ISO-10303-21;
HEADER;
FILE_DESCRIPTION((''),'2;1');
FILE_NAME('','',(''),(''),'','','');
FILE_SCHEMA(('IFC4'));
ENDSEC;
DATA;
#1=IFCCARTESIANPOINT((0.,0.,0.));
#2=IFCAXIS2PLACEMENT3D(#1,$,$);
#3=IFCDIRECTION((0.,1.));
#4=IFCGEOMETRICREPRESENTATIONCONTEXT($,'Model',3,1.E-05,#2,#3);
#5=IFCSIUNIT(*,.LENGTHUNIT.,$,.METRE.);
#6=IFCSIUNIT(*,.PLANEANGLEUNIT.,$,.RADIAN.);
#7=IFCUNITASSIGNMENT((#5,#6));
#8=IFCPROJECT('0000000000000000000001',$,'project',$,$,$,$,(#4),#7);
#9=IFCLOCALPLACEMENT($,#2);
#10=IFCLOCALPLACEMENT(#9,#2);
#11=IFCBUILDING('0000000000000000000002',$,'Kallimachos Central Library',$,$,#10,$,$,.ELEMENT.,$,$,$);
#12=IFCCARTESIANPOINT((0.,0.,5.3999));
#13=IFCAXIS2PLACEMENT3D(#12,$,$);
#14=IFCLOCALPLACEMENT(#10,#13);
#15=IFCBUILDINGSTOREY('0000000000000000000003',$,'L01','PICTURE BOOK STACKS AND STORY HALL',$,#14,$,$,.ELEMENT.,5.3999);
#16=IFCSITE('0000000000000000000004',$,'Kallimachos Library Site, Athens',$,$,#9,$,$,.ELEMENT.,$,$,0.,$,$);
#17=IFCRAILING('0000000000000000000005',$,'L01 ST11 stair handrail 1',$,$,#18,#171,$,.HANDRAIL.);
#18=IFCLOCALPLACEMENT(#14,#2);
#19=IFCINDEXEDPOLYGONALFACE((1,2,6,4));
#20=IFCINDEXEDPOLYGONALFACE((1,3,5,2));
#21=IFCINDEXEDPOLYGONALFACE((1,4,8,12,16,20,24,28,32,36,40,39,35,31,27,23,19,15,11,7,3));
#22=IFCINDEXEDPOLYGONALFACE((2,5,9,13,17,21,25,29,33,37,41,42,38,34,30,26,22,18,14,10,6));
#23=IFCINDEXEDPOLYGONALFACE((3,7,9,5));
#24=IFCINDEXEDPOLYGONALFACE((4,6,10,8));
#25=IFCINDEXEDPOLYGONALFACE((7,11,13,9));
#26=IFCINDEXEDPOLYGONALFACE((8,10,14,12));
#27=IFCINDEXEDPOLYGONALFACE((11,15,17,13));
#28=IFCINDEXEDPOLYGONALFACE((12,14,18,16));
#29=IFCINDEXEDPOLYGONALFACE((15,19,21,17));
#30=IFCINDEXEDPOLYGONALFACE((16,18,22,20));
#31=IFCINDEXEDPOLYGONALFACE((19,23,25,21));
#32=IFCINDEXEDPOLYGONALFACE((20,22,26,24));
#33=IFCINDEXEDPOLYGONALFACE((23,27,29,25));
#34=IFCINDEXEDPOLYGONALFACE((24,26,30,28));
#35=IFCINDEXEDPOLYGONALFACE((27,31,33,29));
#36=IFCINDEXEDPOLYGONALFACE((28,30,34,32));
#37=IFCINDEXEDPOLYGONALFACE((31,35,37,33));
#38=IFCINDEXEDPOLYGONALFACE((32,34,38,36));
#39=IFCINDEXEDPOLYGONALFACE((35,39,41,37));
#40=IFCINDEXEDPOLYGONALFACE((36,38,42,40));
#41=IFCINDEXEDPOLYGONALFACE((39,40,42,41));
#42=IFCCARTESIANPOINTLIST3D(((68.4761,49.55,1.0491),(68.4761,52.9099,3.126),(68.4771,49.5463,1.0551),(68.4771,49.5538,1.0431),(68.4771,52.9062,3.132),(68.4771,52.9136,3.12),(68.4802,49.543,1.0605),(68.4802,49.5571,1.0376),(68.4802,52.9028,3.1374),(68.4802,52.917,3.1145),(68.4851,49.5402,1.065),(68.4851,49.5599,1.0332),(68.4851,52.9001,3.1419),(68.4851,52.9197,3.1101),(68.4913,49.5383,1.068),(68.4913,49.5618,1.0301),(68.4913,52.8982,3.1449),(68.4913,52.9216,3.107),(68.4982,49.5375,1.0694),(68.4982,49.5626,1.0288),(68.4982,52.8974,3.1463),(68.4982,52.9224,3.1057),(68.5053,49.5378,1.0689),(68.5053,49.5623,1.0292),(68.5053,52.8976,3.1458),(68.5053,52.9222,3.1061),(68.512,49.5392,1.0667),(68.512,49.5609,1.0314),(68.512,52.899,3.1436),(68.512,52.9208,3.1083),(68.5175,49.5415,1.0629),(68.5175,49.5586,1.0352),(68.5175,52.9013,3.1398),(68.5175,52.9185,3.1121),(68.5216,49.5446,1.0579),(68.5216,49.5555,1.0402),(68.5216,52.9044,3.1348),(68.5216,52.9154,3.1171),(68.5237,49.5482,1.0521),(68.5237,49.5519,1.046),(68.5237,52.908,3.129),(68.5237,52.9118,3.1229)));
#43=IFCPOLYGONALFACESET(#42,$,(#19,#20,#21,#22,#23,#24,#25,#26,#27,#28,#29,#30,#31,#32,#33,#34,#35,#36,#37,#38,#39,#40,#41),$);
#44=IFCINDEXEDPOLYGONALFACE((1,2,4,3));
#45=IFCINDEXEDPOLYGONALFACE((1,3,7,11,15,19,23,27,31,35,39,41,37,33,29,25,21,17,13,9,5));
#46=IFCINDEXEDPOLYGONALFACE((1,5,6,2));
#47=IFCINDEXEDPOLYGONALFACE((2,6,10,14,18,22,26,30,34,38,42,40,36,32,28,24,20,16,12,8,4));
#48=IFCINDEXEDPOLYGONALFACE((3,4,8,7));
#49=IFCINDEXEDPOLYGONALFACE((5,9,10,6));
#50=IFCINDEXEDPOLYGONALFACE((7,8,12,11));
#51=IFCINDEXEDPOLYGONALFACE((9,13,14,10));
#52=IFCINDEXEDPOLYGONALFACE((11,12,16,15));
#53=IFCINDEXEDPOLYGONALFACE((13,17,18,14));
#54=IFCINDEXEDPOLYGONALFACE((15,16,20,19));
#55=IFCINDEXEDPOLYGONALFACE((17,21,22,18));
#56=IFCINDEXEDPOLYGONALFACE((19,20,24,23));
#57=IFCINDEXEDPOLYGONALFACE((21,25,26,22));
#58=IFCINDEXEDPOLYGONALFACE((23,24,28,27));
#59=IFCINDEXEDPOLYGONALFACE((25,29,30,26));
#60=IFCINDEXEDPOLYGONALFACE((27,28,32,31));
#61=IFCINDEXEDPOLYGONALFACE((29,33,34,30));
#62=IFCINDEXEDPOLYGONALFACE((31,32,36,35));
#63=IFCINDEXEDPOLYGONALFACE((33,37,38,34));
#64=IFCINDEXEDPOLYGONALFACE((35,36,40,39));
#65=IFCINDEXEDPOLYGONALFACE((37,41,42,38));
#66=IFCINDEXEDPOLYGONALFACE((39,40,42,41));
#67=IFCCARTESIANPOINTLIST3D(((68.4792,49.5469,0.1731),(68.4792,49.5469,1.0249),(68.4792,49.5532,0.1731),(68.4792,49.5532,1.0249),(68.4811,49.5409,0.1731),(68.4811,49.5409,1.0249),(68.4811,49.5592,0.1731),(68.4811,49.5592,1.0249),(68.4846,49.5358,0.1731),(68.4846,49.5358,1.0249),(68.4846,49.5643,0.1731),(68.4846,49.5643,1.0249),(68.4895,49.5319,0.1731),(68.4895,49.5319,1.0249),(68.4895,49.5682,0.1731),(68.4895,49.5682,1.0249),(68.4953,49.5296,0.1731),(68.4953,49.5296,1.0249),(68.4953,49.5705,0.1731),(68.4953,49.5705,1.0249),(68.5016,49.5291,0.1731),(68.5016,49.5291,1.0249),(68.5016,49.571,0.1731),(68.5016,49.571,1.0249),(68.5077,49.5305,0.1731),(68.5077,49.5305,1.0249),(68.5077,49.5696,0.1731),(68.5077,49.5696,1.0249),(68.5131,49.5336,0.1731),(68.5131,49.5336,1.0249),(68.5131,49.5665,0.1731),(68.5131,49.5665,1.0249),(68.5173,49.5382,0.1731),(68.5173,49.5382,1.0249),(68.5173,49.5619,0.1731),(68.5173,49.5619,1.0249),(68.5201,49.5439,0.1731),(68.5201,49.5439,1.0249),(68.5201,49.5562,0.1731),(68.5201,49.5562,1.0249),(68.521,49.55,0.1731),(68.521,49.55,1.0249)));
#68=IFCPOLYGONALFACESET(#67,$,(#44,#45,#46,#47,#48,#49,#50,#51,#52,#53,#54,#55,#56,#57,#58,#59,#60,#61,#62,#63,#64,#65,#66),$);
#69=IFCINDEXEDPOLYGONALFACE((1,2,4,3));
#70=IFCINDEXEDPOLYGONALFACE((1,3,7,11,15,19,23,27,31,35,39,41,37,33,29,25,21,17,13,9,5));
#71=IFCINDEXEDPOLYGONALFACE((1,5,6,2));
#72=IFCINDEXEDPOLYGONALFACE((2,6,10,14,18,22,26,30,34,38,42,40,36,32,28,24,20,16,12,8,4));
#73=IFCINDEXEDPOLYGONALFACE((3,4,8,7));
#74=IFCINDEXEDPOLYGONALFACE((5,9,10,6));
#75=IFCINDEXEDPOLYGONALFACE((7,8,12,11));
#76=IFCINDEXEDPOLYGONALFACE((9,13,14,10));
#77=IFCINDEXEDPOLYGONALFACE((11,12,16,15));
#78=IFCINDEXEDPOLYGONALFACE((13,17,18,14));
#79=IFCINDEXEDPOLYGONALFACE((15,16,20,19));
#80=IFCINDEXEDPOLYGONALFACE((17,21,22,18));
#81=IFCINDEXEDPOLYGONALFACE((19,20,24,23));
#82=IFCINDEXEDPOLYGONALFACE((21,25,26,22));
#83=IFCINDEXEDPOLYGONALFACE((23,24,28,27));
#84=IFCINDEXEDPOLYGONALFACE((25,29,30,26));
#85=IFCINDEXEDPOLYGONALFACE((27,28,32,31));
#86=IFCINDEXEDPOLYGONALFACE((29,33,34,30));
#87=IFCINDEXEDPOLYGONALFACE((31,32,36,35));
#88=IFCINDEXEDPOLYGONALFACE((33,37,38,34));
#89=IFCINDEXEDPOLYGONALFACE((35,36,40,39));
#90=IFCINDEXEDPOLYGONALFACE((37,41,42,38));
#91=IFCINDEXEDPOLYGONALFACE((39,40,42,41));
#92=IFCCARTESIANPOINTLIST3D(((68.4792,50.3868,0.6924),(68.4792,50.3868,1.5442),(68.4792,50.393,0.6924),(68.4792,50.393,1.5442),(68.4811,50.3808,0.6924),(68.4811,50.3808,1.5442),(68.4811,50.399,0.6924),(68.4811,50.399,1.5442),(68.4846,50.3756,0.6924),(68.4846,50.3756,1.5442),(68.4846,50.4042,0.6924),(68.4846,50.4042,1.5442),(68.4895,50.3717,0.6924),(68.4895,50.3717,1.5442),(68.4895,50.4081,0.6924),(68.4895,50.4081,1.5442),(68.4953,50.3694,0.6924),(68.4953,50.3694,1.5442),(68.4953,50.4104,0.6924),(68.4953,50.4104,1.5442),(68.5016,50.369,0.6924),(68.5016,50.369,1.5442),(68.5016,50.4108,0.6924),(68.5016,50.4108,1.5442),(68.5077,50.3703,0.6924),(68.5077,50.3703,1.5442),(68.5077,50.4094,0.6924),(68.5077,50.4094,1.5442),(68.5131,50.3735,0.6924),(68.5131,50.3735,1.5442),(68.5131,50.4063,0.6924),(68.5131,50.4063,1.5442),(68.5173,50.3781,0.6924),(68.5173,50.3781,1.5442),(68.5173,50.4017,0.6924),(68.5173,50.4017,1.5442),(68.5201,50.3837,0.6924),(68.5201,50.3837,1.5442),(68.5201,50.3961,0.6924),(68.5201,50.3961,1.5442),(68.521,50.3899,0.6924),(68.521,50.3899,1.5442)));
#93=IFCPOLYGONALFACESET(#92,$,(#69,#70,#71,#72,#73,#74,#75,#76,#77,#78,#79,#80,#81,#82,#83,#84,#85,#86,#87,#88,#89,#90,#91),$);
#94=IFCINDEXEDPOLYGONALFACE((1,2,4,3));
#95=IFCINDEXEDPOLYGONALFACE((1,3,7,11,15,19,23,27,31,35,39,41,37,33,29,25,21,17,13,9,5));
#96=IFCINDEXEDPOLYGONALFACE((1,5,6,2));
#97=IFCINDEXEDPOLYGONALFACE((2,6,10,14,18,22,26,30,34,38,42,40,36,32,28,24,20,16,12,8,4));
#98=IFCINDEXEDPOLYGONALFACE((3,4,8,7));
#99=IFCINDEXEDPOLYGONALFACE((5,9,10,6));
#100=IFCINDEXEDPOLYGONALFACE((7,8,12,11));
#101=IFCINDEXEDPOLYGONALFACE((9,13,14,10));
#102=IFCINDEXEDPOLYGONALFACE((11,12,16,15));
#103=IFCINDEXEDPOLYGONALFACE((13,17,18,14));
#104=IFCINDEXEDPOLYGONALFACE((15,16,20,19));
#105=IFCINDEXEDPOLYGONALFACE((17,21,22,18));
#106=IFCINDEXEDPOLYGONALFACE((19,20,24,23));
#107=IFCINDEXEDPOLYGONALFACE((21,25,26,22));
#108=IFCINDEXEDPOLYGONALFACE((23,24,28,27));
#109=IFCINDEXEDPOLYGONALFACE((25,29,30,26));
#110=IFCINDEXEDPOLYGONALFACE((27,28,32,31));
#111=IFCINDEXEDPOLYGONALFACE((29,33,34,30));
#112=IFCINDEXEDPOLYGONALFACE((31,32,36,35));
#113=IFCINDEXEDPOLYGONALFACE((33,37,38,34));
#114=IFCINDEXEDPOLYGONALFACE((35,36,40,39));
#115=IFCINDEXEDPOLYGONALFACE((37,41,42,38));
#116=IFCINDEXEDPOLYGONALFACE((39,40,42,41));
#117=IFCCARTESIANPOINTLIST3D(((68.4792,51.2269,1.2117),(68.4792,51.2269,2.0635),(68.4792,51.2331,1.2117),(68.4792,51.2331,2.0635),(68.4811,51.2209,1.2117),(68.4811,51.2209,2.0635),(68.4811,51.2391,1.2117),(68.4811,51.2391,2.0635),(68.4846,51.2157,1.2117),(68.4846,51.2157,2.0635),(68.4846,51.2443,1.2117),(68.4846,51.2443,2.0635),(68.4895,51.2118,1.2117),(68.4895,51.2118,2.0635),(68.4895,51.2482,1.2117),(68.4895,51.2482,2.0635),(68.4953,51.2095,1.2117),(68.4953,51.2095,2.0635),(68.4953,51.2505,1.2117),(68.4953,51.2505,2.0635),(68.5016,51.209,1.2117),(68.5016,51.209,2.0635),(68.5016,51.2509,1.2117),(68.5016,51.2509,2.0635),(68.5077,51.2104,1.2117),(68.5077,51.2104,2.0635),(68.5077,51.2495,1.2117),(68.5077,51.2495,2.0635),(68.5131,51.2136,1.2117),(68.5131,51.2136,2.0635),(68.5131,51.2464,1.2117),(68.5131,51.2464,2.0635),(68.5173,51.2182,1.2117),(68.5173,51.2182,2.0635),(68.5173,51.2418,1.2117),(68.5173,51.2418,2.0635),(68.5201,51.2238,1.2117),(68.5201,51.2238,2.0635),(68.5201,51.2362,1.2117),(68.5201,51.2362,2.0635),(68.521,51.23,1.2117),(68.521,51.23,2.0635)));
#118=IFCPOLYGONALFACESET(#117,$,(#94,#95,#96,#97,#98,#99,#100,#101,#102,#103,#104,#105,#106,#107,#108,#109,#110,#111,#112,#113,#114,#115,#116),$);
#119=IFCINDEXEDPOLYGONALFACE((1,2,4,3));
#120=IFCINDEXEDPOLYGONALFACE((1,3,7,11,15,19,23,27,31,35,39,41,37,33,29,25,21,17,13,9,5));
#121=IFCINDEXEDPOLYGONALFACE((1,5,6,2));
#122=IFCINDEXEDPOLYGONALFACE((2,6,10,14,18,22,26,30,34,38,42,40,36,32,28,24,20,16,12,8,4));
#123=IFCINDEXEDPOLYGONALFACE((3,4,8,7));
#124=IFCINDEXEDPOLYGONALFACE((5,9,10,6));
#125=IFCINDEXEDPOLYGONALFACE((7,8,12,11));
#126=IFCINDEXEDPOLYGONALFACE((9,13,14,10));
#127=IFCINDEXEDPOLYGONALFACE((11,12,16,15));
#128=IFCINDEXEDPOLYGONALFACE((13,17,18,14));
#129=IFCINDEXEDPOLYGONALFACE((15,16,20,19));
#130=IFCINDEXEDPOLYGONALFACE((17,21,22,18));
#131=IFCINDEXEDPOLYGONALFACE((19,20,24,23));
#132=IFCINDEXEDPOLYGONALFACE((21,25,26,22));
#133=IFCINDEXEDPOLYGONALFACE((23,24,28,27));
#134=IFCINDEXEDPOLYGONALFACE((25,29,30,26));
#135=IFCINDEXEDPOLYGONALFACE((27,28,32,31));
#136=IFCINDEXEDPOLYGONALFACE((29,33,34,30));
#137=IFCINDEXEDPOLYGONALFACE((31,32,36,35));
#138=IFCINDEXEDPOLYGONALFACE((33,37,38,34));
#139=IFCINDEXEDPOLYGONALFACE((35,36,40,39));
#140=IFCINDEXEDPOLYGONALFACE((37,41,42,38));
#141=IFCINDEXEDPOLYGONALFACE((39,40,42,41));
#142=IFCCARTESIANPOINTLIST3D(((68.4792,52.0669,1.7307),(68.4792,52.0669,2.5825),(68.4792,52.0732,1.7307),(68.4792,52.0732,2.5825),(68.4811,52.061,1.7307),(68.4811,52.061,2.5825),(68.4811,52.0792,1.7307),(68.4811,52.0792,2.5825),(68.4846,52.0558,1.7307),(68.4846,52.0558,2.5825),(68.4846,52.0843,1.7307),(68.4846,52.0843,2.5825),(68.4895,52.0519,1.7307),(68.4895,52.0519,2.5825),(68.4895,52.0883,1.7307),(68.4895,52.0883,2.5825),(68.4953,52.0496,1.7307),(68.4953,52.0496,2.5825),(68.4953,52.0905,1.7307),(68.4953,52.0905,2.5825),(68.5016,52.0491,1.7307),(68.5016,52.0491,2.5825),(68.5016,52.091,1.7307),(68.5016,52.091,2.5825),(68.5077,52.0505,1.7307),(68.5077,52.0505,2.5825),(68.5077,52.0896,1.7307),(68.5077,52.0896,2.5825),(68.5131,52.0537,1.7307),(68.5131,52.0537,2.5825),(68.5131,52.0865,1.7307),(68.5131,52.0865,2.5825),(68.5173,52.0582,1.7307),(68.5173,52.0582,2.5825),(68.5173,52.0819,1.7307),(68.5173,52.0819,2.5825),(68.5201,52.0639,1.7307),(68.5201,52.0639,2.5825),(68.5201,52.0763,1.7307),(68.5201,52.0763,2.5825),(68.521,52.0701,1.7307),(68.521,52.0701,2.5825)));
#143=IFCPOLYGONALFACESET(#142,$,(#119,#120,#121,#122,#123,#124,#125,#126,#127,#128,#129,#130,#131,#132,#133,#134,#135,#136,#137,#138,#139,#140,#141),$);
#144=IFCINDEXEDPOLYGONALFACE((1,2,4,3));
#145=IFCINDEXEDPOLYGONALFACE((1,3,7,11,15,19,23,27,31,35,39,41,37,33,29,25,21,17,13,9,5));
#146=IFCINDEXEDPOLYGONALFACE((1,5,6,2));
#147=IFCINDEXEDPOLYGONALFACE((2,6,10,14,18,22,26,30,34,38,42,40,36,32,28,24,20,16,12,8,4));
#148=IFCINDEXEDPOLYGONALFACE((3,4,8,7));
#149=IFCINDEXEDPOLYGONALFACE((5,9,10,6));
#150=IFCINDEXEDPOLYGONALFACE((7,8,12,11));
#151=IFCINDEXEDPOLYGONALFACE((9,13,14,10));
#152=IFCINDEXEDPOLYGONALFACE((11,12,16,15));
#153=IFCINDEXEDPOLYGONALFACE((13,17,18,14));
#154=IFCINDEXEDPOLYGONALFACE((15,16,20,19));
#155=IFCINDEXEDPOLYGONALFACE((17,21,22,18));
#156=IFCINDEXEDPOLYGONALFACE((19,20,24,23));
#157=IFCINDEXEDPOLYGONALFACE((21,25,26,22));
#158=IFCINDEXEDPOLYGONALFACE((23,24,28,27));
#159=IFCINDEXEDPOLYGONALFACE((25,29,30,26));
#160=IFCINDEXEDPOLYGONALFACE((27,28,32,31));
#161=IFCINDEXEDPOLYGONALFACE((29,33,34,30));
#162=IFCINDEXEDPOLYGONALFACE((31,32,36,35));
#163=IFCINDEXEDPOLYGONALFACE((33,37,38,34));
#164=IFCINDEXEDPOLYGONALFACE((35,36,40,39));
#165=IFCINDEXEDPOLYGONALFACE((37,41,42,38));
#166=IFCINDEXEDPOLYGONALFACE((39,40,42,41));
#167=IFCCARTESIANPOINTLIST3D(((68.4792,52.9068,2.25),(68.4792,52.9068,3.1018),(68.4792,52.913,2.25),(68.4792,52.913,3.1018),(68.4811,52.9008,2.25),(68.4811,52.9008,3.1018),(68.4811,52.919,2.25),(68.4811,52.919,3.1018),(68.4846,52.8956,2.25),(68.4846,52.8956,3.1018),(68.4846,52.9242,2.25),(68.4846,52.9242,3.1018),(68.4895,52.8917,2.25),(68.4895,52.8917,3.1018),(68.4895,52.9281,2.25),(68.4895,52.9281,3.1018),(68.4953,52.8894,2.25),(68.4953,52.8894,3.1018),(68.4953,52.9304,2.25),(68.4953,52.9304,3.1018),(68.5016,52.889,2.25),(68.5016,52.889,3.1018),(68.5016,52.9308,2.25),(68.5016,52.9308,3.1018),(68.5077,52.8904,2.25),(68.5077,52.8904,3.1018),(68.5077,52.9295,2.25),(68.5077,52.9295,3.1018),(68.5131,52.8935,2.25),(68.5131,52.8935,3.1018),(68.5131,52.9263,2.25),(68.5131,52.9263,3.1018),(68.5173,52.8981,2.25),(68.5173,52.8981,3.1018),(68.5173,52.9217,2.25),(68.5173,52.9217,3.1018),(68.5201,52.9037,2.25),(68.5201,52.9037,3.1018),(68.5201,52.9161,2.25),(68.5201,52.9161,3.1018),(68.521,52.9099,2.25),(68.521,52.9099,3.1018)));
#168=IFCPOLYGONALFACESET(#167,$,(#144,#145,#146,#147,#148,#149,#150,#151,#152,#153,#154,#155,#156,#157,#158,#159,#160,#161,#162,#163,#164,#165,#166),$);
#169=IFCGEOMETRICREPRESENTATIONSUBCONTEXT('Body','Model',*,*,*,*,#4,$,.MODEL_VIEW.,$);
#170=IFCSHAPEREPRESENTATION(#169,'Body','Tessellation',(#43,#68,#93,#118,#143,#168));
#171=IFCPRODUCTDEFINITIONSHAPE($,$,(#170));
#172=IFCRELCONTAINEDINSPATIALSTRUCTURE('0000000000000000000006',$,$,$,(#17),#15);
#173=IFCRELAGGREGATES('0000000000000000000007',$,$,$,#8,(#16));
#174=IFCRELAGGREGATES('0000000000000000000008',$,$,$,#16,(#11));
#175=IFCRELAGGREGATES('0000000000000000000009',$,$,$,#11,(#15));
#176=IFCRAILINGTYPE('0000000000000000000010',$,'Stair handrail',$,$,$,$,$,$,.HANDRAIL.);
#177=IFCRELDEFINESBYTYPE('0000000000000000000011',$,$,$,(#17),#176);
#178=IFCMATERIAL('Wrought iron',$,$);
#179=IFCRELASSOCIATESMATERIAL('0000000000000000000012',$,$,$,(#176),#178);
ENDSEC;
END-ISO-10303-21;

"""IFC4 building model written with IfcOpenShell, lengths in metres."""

from ifc_helpers import new_model, si_unit, direction, frame, origin, origin_2d, place, context, subcontext, project, spatial, circle, extrude, material, type_object, element, save


model = new_model("IFC4")

# Units and contexts
model_context = context("Model", 3, precision=1e-05, world=origin(), true_north=direction((0.0, 1.0)))
body_context = subcontext(model_context, "Body", "Model", "MODEL_VIEW")
ifc_project = project(units=[si_unit("LENGTHUNIT", "METRE"), si_unit("PLANEANGLEUNIT", "RADIAN")], contexts=[model_context])

# Site, building, storey
site_placement = place(None, origin())
site = spatial("IfcSite", under=ifc_project, at=site_placement, Name="Kallimachos Library Site, Athens", CompositionType="ELEMENT", RefElevation=0.0)
building_placement = place(site_placement, origin())
building = spatial("IfcBuilding", under=site, at=building_placement, Name="Kallimachos Central Library", CompositionType="ELEMENT")
storey_placement = place(building_placement, frame((0.0, 0.0, 5.3999)))
storey = spatial("IfcBuildingStorey", under=building, at=storey_placement, Name="L01", Description="PICTURE BOOK STACKS AND STORY HALL", CompositionType="ELEMENT", Elevation=5.3999)

# Railing
ifc_material_1 = material(Name="Wrought iron")
railing_type_1 = type_object("IfcRailingType", Name="Stair handrail", PredefinedType="HANDRAIL", material=ifc_material_1)
railing_1_placement = place(storey_placement, frame((68.5, 49.55, 0.1731)))
element("IfcRailing", 1, at=railing_1_placement, inside=storey, type_object=railing_type_1, Name="L01 ST11 stair handrail 1", PredefinedType="HANDRAIL", context=body_context, shape_type="SweptSolid", body=[
    extrude(circle(Radius=0.0239, at=origin_2d()), frame((0.0, 0.0, 0.876), z_axis=(0.0, 0.850606, 0.525803), x_axis=(-1.0, 0.0, 0.0)), (0.0, 0.0, 1.0), 3.95),
    extrude(circle(Radius=0.021, at=origin_2d()), origin(), (0.0, 0.0, 1.0), 0.8518),
    extrude(circle(Radius=0.021, at=origin_2d()), frame((0.0, 0.8398, 0.5193)), (0.0, 0.0, 1.0), 0.8518),
    extrude(circle(Radius=0.021, at=origin_2d()), frame((0.0, 1.6799, 1.0386)), (0.0, 0.0, 1.0), 0.8518),
    extrude(circle(Radius=0.021, at=origin_2d()), frame((0.0, 2.52, 1.5576)), (0.0, 0.0, 1.0), 0.8518),
    extrude(circle(Radius=0.021, at=origin_2d()), frame((0.0, 3.3599, 2.0769)), (0.0, 0.0, 1.0), 0.8518),
])

save(model, "model.ifc")
